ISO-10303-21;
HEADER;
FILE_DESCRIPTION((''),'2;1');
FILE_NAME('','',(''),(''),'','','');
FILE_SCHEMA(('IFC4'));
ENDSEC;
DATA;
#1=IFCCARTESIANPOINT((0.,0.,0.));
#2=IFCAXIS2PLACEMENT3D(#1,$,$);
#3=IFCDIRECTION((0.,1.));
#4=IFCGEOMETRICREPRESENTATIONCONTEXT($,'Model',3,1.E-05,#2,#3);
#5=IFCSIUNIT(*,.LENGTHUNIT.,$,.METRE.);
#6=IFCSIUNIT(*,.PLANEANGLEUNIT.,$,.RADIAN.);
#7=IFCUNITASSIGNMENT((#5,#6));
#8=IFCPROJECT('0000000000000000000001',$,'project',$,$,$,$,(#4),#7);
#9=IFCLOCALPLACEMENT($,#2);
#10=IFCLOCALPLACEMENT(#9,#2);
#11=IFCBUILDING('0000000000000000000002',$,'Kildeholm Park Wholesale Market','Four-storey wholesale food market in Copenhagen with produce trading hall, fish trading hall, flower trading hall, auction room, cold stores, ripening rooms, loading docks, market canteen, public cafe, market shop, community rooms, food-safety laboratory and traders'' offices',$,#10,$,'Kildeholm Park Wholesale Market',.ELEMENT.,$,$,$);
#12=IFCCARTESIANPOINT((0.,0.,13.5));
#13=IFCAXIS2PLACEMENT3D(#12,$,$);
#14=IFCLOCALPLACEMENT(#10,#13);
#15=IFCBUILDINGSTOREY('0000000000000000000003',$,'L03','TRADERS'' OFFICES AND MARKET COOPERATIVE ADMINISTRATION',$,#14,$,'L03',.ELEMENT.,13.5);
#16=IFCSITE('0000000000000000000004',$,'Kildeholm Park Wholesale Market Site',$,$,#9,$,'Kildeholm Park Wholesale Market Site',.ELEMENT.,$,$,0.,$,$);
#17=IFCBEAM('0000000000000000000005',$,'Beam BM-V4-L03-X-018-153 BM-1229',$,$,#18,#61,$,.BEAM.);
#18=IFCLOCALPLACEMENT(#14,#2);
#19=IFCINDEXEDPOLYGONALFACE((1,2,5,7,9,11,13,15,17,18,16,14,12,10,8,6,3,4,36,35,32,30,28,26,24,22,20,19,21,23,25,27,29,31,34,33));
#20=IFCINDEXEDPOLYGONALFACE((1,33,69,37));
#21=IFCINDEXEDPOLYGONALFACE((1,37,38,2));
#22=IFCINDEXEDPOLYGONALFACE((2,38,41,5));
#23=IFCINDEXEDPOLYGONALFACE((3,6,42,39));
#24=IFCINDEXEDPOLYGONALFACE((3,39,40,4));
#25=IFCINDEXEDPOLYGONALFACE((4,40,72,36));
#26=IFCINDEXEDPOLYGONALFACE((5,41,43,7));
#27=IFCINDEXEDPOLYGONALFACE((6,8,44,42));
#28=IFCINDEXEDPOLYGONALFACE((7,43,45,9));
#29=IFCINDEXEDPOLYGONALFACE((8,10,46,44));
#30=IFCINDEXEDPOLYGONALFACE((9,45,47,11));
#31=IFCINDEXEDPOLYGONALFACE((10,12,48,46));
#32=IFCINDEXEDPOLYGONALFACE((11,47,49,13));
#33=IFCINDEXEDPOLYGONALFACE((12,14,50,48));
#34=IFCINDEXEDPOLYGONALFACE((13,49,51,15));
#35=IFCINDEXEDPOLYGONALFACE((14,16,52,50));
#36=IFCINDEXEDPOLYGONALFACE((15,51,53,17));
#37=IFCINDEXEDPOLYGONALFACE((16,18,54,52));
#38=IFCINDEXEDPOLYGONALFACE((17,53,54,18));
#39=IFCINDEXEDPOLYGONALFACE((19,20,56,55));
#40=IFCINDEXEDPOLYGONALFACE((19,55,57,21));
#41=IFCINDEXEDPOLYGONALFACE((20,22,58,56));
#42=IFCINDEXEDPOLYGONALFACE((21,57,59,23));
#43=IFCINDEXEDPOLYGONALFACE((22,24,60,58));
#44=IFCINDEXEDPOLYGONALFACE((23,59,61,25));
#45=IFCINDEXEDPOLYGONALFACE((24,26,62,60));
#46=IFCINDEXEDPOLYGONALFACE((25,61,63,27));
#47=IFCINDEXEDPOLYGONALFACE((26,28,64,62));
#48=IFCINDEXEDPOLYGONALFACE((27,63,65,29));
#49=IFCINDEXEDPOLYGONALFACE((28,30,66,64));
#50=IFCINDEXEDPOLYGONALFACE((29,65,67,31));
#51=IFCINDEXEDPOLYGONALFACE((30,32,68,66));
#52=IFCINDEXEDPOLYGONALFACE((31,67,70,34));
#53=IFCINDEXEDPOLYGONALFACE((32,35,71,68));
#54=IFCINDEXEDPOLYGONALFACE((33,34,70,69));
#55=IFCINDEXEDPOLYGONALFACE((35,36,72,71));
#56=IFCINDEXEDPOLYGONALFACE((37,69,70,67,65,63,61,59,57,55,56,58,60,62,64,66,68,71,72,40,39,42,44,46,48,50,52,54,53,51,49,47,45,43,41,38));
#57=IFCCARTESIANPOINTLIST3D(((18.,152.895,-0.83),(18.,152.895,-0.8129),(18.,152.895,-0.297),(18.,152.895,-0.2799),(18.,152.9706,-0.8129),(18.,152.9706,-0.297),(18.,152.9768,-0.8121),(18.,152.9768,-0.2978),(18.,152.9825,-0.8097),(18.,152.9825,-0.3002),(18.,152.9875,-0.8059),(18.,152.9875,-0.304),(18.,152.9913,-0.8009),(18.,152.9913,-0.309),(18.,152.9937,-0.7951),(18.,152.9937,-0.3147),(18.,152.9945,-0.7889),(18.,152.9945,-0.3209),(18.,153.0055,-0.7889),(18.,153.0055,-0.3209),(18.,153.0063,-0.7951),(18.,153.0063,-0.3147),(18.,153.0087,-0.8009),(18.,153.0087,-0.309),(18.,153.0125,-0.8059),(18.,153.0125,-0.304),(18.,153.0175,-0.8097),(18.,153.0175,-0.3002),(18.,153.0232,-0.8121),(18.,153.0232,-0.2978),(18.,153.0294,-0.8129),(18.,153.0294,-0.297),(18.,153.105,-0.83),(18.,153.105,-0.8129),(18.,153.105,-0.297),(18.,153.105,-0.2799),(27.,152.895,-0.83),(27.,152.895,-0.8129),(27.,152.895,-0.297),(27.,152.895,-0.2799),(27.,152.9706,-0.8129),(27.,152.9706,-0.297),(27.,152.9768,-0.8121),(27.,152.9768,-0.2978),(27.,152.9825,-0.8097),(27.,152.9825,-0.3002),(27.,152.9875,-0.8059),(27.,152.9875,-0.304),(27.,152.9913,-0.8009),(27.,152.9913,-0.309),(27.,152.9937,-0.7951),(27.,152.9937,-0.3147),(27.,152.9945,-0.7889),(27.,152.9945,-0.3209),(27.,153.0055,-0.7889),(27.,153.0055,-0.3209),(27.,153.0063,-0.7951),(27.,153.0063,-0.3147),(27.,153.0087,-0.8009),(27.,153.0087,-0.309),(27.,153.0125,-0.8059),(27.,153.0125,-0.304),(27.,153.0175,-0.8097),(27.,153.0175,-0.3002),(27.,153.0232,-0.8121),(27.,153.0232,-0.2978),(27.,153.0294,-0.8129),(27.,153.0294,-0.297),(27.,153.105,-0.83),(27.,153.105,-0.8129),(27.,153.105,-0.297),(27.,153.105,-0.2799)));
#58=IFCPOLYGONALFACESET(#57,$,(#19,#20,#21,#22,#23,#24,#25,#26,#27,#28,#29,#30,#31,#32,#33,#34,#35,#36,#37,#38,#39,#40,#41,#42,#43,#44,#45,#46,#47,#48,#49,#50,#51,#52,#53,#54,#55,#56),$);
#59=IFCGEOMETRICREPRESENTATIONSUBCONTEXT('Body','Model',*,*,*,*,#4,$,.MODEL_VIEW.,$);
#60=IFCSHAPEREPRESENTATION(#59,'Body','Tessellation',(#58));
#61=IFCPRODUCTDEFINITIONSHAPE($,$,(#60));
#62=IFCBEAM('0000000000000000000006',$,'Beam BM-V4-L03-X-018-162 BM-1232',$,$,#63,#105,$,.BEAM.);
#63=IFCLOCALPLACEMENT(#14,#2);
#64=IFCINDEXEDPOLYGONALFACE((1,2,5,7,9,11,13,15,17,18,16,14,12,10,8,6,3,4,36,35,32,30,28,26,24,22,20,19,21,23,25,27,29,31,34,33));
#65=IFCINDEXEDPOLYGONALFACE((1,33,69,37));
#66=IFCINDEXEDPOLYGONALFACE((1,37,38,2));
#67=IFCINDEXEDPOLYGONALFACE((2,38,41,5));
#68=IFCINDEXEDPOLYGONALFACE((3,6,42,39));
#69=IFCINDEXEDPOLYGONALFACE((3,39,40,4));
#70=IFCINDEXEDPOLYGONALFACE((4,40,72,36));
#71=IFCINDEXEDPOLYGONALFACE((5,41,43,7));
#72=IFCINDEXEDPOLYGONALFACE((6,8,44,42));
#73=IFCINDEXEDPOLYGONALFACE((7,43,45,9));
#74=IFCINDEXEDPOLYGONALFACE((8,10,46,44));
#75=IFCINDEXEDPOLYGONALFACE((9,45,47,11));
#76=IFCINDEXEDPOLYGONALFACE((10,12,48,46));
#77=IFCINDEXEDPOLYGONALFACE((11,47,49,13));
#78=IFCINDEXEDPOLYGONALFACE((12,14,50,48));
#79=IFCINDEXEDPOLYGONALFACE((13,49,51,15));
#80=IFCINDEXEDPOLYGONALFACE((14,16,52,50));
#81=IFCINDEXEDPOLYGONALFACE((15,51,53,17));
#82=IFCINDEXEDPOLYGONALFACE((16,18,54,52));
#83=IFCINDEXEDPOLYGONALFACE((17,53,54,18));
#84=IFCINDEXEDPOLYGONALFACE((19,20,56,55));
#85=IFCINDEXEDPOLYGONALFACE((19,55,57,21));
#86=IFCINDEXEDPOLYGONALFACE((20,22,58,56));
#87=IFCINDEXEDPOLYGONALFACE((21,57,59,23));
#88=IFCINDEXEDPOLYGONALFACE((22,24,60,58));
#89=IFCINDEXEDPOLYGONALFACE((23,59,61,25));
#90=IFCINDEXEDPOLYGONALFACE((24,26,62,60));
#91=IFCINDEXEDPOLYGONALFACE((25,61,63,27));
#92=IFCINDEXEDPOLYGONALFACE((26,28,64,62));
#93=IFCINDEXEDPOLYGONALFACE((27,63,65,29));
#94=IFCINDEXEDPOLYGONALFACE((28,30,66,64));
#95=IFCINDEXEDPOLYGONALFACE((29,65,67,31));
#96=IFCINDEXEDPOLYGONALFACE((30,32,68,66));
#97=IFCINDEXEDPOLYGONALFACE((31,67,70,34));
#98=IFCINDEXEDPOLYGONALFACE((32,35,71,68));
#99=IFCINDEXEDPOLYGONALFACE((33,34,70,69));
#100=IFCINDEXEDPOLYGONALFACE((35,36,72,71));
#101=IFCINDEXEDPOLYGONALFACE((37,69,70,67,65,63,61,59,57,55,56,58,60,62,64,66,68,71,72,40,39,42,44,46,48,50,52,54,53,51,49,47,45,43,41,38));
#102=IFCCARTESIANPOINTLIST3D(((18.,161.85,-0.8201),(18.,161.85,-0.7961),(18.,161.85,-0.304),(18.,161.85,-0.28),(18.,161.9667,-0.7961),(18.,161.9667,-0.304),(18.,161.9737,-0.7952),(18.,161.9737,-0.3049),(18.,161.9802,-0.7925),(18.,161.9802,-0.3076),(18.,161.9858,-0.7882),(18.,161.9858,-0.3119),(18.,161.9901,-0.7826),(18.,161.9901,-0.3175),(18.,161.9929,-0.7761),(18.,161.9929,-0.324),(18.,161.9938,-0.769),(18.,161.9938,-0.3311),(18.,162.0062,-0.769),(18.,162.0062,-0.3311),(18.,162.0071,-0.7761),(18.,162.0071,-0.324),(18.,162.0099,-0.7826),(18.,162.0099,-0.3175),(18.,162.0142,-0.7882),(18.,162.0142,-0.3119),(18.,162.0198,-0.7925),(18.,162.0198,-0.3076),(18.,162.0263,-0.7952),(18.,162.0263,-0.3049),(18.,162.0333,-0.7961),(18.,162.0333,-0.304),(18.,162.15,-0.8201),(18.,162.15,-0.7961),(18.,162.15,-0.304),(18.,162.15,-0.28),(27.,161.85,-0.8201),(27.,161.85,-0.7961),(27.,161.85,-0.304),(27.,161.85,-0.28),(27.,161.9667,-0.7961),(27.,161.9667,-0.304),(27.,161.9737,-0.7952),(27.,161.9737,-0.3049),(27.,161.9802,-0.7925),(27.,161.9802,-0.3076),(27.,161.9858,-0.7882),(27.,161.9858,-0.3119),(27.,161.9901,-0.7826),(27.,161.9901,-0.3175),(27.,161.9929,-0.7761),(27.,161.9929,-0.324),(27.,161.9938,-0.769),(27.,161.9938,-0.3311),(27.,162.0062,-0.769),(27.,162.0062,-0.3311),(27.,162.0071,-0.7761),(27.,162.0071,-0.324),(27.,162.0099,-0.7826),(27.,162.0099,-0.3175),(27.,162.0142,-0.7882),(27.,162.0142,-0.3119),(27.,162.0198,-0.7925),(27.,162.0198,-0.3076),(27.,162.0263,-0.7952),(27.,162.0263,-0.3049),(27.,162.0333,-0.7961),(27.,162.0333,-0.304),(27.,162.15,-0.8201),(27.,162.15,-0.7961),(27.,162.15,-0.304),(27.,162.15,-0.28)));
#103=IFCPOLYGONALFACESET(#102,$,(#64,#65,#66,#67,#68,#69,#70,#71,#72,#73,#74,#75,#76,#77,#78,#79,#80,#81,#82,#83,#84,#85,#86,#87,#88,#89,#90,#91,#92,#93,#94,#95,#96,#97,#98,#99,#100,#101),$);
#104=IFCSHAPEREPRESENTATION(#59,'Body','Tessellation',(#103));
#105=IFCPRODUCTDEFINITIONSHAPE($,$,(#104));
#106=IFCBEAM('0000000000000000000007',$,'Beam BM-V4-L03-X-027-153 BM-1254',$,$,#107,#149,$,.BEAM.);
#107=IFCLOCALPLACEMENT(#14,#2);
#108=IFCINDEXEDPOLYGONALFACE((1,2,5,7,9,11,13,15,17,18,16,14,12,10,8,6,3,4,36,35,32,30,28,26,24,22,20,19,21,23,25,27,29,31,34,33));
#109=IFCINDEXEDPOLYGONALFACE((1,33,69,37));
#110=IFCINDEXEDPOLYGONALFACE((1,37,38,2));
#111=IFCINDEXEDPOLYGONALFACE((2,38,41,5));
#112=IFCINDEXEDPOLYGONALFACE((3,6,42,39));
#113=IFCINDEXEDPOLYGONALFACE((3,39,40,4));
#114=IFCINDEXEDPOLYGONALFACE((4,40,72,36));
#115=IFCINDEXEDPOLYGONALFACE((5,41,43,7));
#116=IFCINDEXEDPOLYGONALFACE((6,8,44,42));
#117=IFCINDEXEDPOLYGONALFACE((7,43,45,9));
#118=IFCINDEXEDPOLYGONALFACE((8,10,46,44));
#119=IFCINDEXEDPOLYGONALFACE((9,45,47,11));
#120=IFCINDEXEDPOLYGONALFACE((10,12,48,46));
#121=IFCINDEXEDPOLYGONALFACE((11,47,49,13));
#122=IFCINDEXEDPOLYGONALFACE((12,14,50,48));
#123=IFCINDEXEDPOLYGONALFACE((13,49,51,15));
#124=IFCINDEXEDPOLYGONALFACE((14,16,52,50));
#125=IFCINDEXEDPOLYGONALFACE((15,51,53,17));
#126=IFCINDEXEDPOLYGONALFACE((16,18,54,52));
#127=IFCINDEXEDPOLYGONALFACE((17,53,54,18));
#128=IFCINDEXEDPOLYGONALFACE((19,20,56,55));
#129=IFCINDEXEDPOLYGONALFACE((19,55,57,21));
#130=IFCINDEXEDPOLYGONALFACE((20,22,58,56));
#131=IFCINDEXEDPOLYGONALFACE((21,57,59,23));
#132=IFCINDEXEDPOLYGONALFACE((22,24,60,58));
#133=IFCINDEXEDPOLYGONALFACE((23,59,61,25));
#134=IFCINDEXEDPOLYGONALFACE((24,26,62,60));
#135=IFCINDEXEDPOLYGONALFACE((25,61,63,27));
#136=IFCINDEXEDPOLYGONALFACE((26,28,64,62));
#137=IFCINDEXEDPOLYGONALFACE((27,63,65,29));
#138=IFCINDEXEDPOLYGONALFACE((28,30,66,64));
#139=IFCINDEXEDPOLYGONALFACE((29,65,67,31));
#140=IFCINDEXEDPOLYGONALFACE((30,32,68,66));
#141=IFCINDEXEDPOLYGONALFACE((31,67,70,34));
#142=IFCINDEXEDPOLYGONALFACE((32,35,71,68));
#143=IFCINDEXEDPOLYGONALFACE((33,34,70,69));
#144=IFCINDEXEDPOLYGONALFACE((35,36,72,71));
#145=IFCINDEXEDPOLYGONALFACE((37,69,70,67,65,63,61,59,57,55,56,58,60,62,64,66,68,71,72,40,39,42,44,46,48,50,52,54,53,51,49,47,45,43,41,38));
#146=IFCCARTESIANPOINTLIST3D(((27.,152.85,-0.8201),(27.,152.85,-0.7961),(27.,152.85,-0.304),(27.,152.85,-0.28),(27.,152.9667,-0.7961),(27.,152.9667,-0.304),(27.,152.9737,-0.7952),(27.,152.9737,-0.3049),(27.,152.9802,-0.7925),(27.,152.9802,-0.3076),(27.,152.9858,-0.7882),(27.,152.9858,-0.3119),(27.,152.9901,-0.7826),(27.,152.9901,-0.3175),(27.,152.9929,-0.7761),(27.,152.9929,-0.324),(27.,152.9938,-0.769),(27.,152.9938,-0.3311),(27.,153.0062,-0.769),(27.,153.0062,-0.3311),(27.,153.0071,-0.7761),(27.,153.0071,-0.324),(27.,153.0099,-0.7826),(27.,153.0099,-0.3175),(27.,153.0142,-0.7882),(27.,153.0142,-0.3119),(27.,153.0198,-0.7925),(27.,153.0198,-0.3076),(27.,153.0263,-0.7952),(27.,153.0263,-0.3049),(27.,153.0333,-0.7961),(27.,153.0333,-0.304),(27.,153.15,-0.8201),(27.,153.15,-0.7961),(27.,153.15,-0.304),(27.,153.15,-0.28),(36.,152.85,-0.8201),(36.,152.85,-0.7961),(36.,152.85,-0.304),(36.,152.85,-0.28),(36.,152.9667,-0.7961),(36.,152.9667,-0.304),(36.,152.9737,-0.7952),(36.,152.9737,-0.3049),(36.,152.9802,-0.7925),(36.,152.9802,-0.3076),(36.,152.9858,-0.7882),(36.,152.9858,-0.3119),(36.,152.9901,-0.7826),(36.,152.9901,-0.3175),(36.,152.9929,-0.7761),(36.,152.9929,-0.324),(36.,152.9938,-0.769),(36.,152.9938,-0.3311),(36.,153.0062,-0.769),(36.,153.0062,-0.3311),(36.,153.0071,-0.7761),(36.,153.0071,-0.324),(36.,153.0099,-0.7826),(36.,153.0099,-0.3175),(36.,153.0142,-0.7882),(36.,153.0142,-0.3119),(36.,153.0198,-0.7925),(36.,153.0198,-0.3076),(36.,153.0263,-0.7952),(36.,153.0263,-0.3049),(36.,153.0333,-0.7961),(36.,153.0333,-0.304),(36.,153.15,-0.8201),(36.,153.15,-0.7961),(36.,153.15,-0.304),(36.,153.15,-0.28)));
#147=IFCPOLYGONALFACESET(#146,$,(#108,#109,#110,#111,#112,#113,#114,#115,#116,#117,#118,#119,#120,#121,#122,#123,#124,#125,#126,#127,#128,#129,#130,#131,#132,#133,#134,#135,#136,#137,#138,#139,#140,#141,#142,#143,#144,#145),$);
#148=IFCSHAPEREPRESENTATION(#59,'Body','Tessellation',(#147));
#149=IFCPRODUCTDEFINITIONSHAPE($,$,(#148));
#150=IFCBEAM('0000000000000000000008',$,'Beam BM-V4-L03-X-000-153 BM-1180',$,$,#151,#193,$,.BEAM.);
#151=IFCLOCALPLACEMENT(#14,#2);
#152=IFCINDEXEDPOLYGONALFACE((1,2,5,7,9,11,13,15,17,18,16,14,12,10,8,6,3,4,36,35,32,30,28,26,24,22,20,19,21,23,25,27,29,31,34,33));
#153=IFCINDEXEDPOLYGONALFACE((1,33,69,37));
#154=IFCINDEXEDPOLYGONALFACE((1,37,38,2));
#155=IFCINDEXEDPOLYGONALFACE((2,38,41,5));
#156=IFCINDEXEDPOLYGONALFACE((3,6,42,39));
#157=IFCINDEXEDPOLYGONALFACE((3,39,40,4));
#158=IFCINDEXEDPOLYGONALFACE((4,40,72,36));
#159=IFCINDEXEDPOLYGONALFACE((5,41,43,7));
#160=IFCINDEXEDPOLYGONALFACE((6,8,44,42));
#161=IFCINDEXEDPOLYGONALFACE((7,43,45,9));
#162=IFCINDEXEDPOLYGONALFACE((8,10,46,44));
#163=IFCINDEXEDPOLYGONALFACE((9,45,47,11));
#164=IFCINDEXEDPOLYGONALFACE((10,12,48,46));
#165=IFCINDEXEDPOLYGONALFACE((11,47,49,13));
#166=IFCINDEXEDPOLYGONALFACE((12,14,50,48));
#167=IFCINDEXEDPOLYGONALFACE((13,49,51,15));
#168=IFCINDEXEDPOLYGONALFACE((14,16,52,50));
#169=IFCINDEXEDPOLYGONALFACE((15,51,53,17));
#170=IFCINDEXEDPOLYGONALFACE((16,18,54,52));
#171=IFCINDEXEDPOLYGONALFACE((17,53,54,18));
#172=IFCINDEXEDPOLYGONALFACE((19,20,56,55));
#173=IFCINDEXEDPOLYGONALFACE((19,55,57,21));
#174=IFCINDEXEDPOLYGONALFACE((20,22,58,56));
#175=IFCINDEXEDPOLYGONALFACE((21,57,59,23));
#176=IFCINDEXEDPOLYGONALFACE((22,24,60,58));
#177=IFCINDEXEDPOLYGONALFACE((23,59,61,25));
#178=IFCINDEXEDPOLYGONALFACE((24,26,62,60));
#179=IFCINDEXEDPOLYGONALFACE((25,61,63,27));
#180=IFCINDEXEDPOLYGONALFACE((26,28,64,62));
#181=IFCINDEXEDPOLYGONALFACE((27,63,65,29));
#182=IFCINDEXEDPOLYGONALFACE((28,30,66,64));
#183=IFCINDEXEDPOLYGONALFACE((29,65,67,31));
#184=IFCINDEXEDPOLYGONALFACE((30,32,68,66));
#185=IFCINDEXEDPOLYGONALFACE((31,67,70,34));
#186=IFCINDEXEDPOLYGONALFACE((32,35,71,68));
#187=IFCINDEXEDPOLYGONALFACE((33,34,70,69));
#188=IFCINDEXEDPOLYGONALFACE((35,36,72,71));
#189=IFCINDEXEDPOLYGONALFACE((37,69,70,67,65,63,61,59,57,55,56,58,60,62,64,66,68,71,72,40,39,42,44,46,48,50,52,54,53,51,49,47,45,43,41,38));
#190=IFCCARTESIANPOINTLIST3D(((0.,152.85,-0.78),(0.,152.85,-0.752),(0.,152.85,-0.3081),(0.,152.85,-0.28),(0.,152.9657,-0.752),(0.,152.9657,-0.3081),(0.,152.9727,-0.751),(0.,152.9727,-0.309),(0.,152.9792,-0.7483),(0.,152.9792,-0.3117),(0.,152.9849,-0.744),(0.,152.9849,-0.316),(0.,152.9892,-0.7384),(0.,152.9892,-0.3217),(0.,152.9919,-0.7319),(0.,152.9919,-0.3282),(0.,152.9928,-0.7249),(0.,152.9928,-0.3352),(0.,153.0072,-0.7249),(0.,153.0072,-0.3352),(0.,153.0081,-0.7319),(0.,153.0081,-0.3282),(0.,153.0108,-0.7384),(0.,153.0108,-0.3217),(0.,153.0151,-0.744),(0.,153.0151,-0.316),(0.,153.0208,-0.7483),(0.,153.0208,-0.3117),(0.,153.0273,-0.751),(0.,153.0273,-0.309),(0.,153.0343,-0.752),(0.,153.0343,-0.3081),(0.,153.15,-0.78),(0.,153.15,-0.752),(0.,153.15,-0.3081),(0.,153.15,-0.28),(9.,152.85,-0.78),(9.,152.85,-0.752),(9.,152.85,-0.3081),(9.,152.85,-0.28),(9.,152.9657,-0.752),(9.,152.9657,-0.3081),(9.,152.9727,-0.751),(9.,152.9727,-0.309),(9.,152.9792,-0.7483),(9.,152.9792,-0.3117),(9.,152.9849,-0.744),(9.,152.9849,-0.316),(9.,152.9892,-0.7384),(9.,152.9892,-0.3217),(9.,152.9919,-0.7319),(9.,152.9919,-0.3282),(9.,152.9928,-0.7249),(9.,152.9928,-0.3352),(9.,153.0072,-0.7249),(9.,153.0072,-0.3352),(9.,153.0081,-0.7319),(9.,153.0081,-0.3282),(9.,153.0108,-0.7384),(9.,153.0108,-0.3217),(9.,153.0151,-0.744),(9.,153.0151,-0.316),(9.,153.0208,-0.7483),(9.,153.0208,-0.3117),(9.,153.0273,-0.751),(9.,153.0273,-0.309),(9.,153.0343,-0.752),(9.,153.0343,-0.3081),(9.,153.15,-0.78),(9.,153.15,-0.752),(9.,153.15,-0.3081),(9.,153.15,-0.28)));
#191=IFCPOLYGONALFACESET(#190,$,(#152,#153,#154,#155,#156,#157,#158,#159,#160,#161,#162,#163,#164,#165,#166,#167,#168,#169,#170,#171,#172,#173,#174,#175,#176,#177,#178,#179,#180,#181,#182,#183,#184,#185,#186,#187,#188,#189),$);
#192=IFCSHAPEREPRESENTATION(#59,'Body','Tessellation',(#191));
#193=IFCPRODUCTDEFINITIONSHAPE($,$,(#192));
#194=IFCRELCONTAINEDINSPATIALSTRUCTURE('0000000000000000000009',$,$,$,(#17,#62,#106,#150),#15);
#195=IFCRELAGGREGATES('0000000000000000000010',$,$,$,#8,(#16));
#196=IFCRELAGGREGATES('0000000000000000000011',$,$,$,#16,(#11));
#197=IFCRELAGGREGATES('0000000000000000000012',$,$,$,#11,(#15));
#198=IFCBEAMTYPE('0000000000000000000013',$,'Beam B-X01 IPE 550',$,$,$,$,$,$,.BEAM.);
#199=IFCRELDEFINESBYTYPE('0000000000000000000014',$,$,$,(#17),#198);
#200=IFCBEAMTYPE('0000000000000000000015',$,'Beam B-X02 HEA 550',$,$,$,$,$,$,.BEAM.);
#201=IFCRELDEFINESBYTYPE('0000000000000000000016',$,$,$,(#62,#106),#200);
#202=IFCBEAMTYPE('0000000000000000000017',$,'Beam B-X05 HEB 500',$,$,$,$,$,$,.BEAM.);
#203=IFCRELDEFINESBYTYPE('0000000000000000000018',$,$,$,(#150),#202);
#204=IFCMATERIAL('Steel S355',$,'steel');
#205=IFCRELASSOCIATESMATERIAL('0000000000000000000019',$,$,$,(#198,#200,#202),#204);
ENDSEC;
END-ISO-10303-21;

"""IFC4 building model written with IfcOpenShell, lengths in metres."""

from ifc_helpers import new_model, si_unit, direction, frame, origin, origin_2d, place, context, subcontext, project, spatial, i_section, extrude, material, material_profile, profile_set, type_object, element, save


model = new_model("IFC4")

# Units and contexts
model_context = context("Model", 3, precision=1e-05, world=origin(), true_north=direction((0.0, 1.0)))
body_context = subcontext(model_context, "Body", "Model", "MODEL_VIEW")
ifc_project = project(units=[si_unit("LENGTHUNIT", "METRE"), si_unit("PLANEANGLEUNIT", "RADIAN")], contexts=[model_context])

# Site, building, storey
site_placement = place(None, origin())
site = spatial("IfcSite", under=ifc_project, at=site_placement, Name="Kildeholm Park Wholesale Market Site", LongName="Kildeholm Park Wholesale Market Site", CompositionType="ELEMENT", RefElevation=0.0)
building_placement = place(site_placement, origin())
building = spatial("IfcBuilding", under=site, at=building_placement, Name="Kildeholm Park Wholesale Market", Description="Four-storey wholesale food market in Copenhagen with produce trading hall, fish trading hall, flower trading hall, auction room, cold stores, ripening rooms, loading docks, market canteen, public cafe, market shop, community rooms, food-safety laboratory and traders' offices", LongName="Kildeholm Park Wholesale Market", CompositionType="ELEMENT")
storey_placement = place(building_placement, frame((0.0, 0.0, 13.5)))
storey = spatial("IfcBuildingStorey", under=building, at=storey_placement, Name="L03", Description="TRADERS' OFFICES AND MARKET COOPERATIVE ADMINISTRATION", LongName="L03", CompositionType="ELEMENT", Elevation=13.5)

# Beams
ifc_material_1 = material(Name="Steel S355", Category="steel")
ifc_material_profile_1 = material_profile(ifc_material_1, i_section(OverallWidth=0.21, OverallDepth=0.55, WebThickness=0.011, FlangeThickness=0.0171, FilletRadius=0.0239, at=origin_2d()), Name="IPE 550")
ifc_profile_set_1 = profile_set([ifc_material_profile_1], Name="Steel S355")
beam_type_1 = type_object("IfcBeamType", Name="Beam B-X01 IPE 550", PredefinedType="BEAM", material=ifc_profile_set_1)
for number, where, z_axis, x_axis, name in (
    (1, (18.0, 153.0, -0.5549), (1.0, 0.0, 0.0), (0.0, 1.0, 0.0), "Beam BM-V4-L03-X-018-153 BM-1229"),
):
    element("IfcBeam", number, at=place(storey_placement, frame(where, z_axis=z_axis, x_axis=x_axis)), inside=storey, type_object=beam_type_1, Name=name, PredefinedType="BEAM", context=body_context, shape_type="SweptSolid", body=[
        extrude(i_section(OverallWidth=0.21, OverallDepth=0.55, WebThickness=0.011, FlangeThickness=0.0171, FilletRadius=0.0239, at=origin_2d()), origin(), (0.0, 0.0, 1.0), 9.0),
    ])
ifc_material_profile_2 = material_profile(ifc_material_1, i_section(OverallWidth=0.3, OverallDepth=0.54, WebThickness=0.0125, FlangeThickness=0.0239, FilletRadius=0.0271, at=origin_2d()), Name="HEA 550")
ifc_profile_set_2 = profile_set([ifc_material_profile_2], Name="Steel S355")
beam_type_2 = type_object("IfcBeamType", Name="Beam B-X02 HEA 550", PredefinedType="BEAM", material=ifc_profile_set_2)
for number, where, z_axis, x_axis, name in (
    (2, (18.0, 162.0, -0.55), (1.0, 0.0, 0.0), (0.0, 1.0, 0.0), "Beam BM-V4-L03-X-018-162 BM-1232"),
    (3, (27.0, 153.0, -0.55), (1.0, 0.0, 0.0), (0.0, 1.0, 0.0), "Beam BM-V4-L03-X-027-153 BM-1254"),
):
    element("IfcBeam", number, at=place(storey_placement, frame(where, z_axis=z_axis, x_axis=x_axis)), inside=storey, type_object=beam_type_2, Name=name, PredefinedType="BEAM", context=body_context, shape_type="SweptSolid", body=[
        extrude(i_section(OverallWidth=0.3, OverallDepth=0.54, WebThickness=0.0125, FlangeThickness=0.0239, FilletRadius=0.0271, at=origin_2d()), origin(), (0.0, 0.0, 1.0), 9.0),
    ])
ifc_material_profile_3 = material_profile(ifc_material_1, i_section(OverallWidth=0.3, OverallDepth=0.5, WebThickness=0.0144, FlangeThickness=0.0281, FilletRadius=0.0271, at=origin_2d()), Name="HEB 500")
ifc_profile_set_3 = profile_set([ifc_material_profile_3], Name="Steel S355")
beam_type_3 = type_object("IfcBeamType", Name="Beam B-X05 HEB 500", PredefinedType="BEAM", material=ifc_profile_set_3)
beam_1_placement = place(storey_placement, frame((0.0, 153.0, -0.53), z_axis=(1.0, 0.0, 0.0), x_axis=(0.0, 1.0, 0.0)))
element("IfcBeam", 4, at=beam_1_placement, inside=storey, type_object=beam_type_3, Name="Beam BM-V4-L03-X-000-153 BM-1180", PredefinedType="BEAM", context=body_context, shape_type="SweptSolid", body=[
    extrude(i_section(OverallWidth=0.3, OverallDepth=0.5, WebThickness=0.0144, FlangeThickness=0.0281, FilletRadius=0.0271, at=origin_2d()), origin(), (0.0, 0.0, 1.0), 9.0),
])

save(model, "model.ifc")
